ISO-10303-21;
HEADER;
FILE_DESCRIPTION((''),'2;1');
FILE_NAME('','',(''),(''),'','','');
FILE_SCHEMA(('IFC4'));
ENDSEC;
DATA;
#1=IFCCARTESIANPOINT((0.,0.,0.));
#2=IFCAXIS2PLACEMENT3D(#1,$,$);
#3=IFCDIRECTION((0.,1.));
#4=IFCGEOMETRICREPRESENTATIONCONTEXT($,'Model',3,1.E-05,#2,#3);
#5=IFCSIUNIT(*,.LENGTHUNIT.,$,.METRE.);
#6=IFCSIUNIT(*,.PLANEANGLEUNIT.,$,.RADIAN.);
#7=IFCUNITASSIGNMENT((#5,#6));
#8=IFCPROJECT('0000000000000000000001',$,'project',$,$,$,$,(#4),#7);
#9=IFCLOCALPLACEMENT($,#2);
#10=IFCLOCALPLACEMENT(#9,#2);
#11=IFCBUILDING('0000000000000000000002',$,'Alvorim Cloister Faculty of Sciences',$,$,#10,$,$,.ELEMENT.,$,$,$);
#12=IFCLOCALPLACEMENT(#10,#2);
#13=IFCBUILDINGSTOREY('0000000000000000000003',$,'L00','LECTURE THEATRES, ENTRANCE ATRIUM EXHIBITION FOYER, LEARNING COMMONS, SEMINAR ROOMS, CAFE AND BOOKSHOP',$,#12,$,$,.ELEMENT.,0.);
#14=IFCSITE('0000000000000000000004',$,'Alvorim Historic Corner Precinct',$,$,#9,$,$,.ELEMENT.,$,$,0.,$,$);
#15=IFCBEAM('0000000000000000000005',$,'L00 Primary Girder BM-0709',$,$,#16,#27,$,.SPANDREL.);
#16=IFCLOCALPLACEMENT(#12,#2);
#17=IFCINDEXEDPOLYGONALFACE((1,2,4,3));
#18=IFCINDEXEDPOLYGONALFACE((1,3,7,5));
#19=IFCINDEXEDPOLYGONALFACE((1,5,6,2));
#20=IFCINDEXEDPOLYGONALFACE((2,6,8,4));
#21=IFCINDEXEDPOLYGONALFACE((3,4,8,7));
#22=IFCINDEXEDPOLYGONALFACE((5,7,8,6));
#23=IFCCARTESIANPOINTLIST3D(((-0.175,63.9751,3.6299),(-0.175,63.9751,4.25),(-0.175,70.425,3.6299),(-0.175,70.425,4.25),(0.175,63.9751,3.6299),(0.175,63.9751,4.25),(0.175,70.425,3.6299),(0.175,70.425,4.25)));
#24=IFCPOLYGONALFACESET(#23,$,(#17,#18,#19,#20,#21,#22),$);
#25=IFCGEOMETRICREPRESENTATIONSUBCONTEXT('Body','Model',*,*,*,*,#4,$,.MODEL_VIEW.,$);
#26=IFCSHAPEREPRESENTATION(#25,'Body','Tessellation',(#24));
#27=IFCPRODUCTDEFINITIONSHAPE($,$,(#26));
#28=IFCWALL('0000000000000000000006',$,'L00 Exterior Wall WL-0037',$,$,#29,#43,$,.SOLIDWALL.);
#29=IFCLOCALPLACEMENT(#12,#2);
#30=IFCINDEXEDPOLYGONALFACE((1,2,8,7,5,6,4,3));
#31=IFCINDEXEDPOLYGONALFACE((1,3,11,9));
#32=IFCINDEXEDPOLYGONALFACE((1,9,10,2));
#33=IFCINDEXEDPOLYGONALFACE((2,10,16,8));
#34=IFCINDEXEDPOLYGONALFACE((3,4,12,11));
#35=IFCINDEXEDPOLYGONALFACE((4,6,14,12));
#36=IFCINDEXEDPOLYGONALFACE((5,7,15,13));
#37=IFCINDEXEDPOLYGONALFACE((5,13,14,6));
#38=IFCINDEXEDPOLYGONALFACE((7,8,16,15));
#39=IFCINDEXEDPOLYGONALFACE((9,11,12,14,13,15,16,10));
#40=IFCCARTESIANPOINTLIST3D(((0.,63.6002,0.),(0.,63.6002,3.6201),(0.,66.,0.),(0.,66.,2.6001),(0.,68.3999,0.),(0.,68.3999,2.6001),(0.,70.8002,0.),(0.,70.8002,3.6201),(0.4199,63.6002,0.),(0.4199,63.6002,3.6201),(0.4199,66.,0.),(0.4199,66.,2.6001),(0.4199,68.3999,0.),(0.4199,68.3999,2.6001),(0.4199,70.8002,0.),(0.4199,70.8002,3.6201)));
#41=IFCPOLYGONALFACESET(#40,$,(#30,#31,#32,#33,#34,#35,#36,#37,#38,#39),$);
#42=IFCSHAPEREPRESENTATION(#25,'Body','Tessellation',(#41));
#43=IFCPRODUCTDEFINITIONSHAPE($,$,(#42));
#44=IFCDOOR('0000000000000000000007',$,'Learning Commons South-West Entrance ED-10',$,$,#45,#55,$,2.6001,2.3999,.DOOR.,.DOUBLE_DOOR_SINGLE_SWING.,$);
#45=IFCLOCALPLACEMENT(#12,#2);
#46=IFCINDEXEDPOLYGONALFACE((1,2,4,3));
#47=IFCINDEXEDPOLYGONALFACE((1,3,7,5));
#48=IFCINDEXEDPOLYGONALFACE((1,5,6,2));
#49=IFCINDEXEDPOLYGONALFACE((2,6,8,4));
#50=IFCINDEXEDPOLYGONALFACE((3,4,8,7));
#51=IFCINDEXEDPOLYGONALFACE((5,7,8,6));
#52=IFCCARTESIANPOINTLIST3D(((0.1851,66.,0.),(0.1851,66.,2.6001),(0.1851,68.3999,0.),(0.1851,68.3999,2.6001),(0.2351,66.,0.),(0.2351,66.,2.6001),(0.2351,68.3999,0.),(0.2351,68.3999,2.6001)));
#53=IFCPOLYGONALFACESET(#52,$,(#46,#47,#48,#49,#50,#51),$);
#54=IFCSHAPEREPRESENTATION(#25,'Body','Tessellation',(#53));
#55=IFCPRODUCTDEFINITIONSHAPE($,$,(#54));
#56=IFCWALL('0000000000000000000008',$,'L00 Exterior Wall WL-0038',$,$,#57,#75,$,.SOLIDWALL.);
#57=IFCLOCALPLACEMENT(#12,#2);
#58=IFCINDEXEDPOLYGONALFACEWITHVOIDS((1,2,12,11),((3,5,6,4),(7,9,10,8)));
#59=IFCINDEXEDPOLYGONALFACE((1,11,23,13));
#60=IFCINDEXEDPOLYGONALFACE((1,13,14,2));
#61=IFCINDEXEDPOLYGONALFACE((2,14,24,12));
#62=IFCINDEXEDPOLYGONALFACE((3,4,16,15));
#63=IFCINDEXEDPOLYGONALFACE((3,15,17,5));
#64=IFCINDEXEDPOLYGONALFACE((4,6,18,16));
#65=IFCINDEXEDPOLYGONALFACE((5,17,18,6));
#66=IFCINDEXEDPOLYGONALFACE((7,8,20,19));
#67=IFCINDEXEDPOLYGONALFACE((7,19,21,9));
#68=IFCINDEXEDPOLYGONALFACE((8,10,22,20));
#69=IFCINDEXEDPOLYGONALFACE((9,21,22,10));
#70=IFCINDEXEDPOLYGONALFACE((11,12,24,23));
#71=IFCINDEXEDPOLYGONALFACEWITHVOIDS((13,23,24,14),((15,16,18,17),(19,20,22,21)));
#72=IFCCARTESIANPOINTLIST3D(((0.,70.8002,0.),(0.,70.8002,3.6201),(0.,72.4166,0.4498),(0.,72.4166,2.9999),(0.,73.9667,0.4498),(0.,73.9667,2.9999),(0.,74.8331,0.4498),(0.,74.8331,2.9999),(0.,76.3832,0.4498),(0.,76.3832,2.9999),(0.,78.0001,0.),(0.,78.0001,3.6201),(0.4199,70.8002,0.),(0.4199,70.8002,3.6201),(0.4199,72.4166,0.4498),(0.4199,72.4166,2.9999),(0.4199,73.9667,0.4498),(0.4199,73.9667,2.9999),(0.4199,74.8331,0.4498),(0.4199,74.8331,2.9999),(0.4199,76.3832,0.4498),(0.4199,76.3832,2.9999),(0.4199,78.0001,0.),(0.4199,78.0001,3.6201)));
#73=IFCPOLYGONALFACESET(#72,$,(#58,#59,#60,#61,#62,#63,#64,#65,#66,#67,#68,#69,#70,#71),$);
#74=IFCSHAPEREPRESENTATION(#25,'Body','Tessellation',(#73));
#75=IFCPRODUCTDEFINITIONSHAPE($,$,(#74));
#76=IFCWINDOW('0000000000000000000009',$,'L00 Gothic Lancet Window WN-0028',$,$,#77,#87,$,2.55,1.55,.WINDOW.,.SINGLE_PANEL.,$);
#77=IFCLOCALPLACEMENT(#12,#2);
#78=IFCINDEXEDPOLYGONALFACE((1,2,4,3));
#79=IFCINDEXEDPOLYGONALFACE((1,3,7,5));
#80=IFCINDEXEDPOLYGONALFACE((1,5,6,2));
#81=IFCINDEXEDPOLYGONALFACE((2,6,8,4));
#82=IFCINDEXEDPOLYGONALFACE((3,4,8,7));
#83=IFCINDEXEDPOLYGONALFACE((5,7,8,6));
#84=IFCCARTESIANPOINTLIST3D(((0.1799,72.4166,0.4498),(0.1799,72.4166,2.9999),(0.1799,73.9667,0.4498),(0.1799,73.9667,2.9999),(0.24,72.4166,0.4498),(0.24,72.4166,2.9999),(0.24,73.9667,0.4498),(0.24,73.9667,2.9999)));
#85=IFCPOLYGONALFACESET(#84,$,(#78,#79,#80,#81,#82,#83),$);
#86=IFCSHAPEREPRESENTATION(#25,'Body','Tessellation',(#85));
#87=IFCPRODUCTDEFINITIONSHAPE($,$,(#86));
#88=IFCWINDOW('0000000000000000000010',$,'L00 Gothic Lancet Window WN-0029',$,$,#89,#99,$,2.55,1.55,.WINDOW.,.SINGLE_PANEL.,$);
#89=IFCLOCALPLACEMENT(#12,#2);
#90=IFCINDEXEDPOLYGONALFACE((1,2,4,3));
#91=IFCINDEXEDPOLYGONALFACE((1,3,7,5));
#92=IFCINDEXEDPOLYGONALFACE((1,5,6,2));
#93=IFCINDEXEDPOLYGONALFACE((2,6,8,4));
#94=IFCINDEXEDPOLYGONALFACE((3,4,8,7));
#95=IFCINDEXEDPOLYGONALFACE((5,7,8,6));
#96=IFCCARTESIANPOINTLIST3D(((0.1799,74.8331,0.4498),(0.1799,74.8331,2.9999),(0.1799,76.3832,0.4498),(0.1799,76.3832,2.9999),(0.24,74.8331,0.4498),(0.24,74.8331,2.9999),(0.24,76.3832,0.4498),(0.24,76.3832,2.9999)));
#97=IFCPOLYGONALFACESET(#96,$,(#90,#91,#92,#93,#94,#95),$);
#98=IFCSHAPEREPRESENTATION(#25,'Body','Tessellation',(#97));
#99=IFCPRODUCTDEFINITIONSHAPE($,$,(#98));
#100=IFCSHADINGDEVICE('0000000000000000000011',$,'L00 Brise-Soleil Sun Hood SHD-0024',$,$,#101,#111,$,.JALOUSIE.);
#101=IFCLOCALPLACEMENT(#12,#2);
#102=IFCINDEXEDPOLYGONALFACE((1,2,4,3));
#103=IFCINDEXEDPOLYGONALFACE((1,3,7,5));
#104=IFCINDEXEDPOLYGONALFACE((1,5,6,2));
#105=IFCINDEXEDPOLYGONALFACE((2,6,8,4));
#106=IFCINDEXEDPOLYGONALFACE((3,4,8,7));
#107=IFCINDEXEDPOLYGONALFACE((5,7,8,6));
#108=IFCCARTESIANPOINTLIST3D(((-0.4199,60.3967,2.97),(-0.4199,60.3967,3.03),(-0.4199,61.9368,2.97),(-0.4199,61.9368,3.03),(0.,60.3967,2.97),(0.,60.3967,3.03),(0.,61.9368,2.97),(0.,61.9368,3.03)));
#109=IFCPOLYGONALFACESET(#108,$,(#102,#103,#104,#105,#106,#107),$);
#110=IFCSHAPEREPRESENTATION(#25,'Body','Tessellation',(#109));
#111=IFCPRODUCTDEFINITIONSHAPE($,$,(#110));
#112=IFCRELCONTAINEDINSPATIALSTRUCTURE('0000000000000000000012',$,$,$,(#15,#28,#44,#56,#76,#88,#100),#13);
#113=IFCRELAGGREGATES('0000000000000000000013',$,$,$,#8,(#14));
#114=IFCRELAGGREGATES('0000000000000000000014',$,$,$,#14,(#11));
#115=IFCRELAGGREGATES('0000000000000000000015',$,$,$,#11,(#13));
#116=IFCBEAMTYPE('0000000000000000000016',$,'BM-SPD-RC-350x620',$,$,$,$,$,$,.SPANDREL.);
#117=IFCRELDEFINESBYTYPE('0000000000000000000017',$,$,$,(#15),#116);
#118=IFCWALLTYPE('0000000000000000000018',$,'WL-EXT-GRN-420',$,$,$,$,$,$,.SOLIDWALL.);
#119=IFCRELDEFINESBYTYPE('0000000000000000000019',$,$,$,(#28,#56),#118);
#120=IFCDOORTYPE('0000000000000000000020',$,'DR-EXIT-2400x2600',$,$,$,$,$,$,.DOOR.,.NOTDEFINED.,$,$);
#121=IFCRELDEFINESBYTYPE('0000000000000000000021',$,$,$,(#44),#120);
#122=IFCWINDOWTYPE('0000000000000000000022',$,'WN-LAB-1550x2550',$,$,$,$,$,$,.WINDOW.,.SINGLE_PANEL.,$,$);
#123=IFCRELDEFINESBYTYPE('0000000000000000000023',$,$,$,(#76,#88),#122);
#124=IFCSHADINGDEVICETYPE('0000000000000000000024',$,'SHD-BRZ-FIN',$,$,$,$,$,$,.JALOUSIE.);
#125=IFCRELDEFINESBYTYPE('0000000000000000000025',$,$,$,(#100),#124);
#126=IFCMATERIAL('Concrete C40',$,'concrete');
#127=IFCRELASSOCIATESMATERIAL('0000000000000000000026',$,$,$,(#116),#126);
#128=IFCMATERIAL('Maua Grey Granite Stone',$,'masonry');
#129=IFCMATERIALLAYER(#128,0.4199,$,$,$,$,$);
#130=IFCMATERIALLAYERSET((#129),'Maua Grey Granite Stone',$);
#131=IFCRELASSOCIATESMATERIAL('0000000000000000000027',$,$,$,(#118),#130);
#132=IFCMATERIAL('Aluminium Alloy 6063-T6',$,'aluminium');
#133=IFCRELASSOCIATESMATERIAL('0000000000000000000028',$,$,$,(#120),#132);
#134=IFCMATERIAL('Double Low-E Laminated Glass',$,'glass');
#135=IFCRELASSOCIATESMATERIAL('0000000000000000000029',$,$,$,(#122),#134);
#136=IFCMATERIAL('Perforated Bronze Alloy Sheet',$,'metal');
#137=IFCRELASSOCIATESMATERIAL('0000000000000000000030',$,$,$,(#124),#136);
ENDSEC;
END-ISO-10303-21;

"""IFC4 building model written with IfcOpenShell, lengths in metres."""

from ifc_helpers import new_model, si_unit, direction, frame, frame_2d, origin, origin_2d, place, context, subcontext, project, spatial, rectangle, extrude, material, layer, layer_set, material_profile, profile_set, type_object, element, fill, save


model = new_model("IFC4")

# Units and contexts
model_context = context("Model", 3, precision=1e-05, world=origin(), true_north=direction((0.0, 1.0)))
body_context = subcontext(model_context, "Body", "Model", "MODEL_VIEW")
ifc_project = project(units=[si_unit("LENGTHUNIT", "METRE"), si_unit("PLANEANGLEUNIT", "RADIAN")], contexts=[model_context])

# Site, building, storey
site_placement = place(None, origin())
site = spatial("IfcSite", under=ifc_project, at=site_placement, Name="Alvorim Historic Corner Precinct", CompositionType="ELEMENT", RefElevation=0.0)
building_placement = place(site_placement, origin())
building = spatial("IfcBuilding", under=site, at=building_placement, Name="Alvorim Cloister Faculty of Sciences", CompositionType="ELEMENT")
storey_placement = place(building_placement, origin())
storey = spatial("IfcBuildingStorey", under=building, at=storey_placement, Name="L00", Description="LECTURE THEATRES, ENTRANCE ATRIUM EXHIBITION FOYER, LEARNING COMMONS, SEMINAR ROOMS, CAFE AND BOOKSHOP", CompositionType="ELEMENT", Elevation=0.0)

# Shared definitions
ifc_material_1 = material(Name="Concrete C40", Category="concrete")

# Beam
ifc_material_profile_1 = material_profile(ifc_material_1, rectangle(XDim=0.3501, YDim=0.6201, at=origin_2d()), Name="RC40-SPD-350x620")
ifc_profile_set_1 = profile_set([ifc_material_profile_1], Name="Concrete C40")
beam_type_1 = type_object("IfcBeamType", Name="BM-SPD-RC-350x620", PredefinedType="SPANDREL", material=ifc_profile_set_1)
beam_1_placement = place(storey_placement, frame((0.0, 63.9751, 3.9399), z_axis=(0.0, 1.0, 0.0), x_axis=(-1.0, 0.0, 0.0)))
element("IfcBeam", 1, at=beam_1_placement, inside=storey, type_object=beam_type_1, Name="L00 Primary Girder BM-0709", PredefinedType="SPANDREL", context=body_context, shape_type="SweptSolid", body=[
    extrude(rectangle(XDim=0.3501, YDim=0.6201, at=origin_2d()), origin(), (0.0, 0.0, 1.0), 6.45),
])

# Wall, opening, door
ifc_material_2 = material(Name="Maua Grey Granite Stone", Category="masonry")
ifc_layer = layer(ifc_material_2, 0.4199)
ifc_layer_set = layer_set([ifc_layer], Name="Maua Grey Granite Stone")
wall_type = type_object("IfcWallType", Name="WL-EXT-GRN-420", PredefinedType="SOLIDWALL", material=ifc_layer_set)
wall_1_placement = place(storey_placement, frame((0.21, 63.6001, 0.0), z_axis=(0.0, 0.0, 1.0), x_axis=(0.0, 1.0, 0.0)))
wall_1 = element("IfcWall", 2, at=wall_1_placement, inside=storey, type_object=wall_type, Name="L00 Exterior Wall WL-0037", PredefinedType="SOLIDWALL", context=body_context, shape_type="SweptSolid", body=[
    extrude(rectangle(XDim=7.2, YDim=0.4199, at=frame_2d((3.6001, 0.0))), origin(), (0.0, 0.0, 1.0), 3.6201),
])
opening_1_placement = place(wall_1_placement, frame((2.3999, 0.0, 0.0)))
opening_1 = element("IfcOpeningElement", 3, at=opening_1_placement, cuts=wall_1, PredefinedType="OPENING", context=body_context, shape_type="SweptSolid", body=[
    extrude(rectangle(XDim=2.3999, YDim=2.6001, at=frame_2d((1.2, 1.3))), frame((0.0, 0.2219, 0.0), z_axis=(0.0, -1.0, 0.0), x_axis=(1.0, 0.0, 0.0)), (0.0, 0.0, 1.0), 0.4438),
])
ifc_material_3 = material(Name="Aluminium Alloy 6063-T6", Category="aluminium")
door_type = type_object("IfcDoorType", Name="DR-EXIT-2400x2600", OperationType="NOTDEFINED", PredefinedType="DOOR", material=ifc_material_3)
door_placement = place(opening_1_placement, origin())
door = element("IfcDoor", 4, at=door_placement, inside=storey, type_object=door_type, Name="Learning Commons South-West Entrance ED-10", OperationType="DOUBLE_DOOR_SINGLE_SWING", OverallHeight=2.6001, OverallWidth=2.3999, PredefinedType="DOOR", context=body_context, shape_type="SweptSolid", body=[
    extrude(rectangle(XDim=2.3999, YDim=2.6001, at=frame_2d((1.2, 1.3))), frame((0.0, 0.0249, 0.0), z_axis=(0.0, -1.0, 0.0), x_axis=(1.0, 0.0, 0.0)), (0.0, 0.0, 1.0), 0.05),
])
fill(opening_1, door)

# Wall, openings, windows
wall_2_placement = place(storey_placement, frame((0.21, 70.8, 0.0), z_axis=(0.0, 0.0, 1.0), x_axis=(0.0, 1.0, 0.0)))
wall_2 = element("IfcWall", 5, at=wall_2_placement, inside=storey, type_object=wall_type, Name="L00 Exterior Wall WL-0038", PredefinedType="SOLIDWALL", context=body_context, shape_type="SweptSolid", body=[
    extrude(rectangle(XDim=7.2, YDim=0.4199, at=frame_2d((3.6001, 0.0))), origin(), (0.0, 0.0, 1.0), 3.6201),
])
opening_2_placement = place(wall_2_placement, frame((1.6167, 0.0, 0.45)))
opening_2 = element("IfcOpeningElement", 6, at=opening_2_placement, cuts=wall_2, PredefinedType="OPENING", context=body_context, shape_type="SweptSolid", body=[
    extrude(rectangle(XDim=1.55, YDim=2.55, at=frame_2d((0.7749, 1.2749))), frame((0.0, 0.2219, 0.0), z_axis=(0.0, -1.0, 0.0), x_axis=(1.0, 0.0, 0.0)), (0.0, 0.0, 1.0), 0.4438),
])
opening_3_placement = place(wall_2_placement, frame((4.0332, 0.0, 0.45)))
opening_3 = element("IfcOpeningElement", 7, at=opening_3_placement, cuts=wall_2, PredefinedType="OPENING", context=body_context, shape_type="SweptSolid", body=[
    extrude(rectangle(XDim=1.55, YDim=2.55, at=frame_2d((0.7749, 1.2749))), frame((0.0, 0.2219, 0.0), z_axis=(0.0, -1.0, 0.0), x_axis=(1.0, 0.0, 0.0)), (0.0, 0.0, 1.0), 0.4438),
])
ifc_material_4 = material(Name="Double Low-E Laminated Glass", Category="glass")
window_type = type_object("IfcWindowType", Name="WN-LAB-1550x2550", PartitioningType="SINGLE_PANEL", PredefinedType="WINDOW", material=ifc_material_4)
window_1_placement = place(opening_2_placement, origin())
window_1 = element("IfcWindow", 8, at=window_1_placement, inside=storey, type_object=window_type, Name="L00 Gothic Lancet Window WN-0028", OverallHeight=2.55, OverallWidth=1.55, PartitioningType="SINGLE_PANEL", PredefinedType="WINDOW", context=body_context, shape_type="SweptSolid", body=[
    extrude(rectangle(XDim=1.55, YDim=2.55, at=frame_2d((0.7749, 1.2749))), frame((0.0, 0.03, 0.0), z_axis=(0.0, -1.0, 0.0), x_axis=(1.0, 0.0, 0.0)), (0.0, 0.0, 1.0), 0.0601),
])
fill(opening_2, window_1)
window_2_placement = place(opening_3_placement, origin())
window_2 = element("IfcWindow", 9, at=window_2_placement, inside=storey, type_object=window_type, Name="L00 Gothic Lancet Window WN-0029", OverallHeight=2.55, OverallWidth=1.55, PartitioningType="SINGLE_PANEL", PredefinedType="WINDOW", context=body_context, shape_type="SweptSolid", body=[
    extrude(rectangle(XDim=1.55, YDim=2.55, at=frame_2d((0.7749, 1.2749))), frame((0.0, 0.03, 0.0), z_axis=(0.0, -1.0, 0.0), x_axis=(1.0, 0.0, 0.0)), (0.0, 0.0, 1.0), 0.0601),
])
fill(opening_3, window_2)

# Shading device
ifc_material_5 = material(Name="Perforated Bronze Alloy Sheet", Category="metal")
shading_device_type = type_object("IfcShadingDeviceType", Name="SHD-BRZ-FIN", PredefinedType="JALOUSIE", material=ifc_material_5)
shading_device_placement = place(storey_placement, frame((-0.21, 61.1667, 2.97), z_axis=(0.0, 0.0, 1.0), x_axis=(1.0, 0.0, 0.0)))
element("IfcShadingDevice", 10, at=shading_device_placement, inside=storey, type_object=shading_device_type, Name="L00 Brise-Soleil Sun Hood SHD-0024", PredefinedType="JALOUSIE", context=body_context, shape_type="SweptSolid", body=[
    extrude(rectangle(XDim=0.4199, YDim=1.54, at=origin_2d()), origin(), (0.0, 0.0, 1.0), 0.0601),
])

save(model, "model.ifc")
